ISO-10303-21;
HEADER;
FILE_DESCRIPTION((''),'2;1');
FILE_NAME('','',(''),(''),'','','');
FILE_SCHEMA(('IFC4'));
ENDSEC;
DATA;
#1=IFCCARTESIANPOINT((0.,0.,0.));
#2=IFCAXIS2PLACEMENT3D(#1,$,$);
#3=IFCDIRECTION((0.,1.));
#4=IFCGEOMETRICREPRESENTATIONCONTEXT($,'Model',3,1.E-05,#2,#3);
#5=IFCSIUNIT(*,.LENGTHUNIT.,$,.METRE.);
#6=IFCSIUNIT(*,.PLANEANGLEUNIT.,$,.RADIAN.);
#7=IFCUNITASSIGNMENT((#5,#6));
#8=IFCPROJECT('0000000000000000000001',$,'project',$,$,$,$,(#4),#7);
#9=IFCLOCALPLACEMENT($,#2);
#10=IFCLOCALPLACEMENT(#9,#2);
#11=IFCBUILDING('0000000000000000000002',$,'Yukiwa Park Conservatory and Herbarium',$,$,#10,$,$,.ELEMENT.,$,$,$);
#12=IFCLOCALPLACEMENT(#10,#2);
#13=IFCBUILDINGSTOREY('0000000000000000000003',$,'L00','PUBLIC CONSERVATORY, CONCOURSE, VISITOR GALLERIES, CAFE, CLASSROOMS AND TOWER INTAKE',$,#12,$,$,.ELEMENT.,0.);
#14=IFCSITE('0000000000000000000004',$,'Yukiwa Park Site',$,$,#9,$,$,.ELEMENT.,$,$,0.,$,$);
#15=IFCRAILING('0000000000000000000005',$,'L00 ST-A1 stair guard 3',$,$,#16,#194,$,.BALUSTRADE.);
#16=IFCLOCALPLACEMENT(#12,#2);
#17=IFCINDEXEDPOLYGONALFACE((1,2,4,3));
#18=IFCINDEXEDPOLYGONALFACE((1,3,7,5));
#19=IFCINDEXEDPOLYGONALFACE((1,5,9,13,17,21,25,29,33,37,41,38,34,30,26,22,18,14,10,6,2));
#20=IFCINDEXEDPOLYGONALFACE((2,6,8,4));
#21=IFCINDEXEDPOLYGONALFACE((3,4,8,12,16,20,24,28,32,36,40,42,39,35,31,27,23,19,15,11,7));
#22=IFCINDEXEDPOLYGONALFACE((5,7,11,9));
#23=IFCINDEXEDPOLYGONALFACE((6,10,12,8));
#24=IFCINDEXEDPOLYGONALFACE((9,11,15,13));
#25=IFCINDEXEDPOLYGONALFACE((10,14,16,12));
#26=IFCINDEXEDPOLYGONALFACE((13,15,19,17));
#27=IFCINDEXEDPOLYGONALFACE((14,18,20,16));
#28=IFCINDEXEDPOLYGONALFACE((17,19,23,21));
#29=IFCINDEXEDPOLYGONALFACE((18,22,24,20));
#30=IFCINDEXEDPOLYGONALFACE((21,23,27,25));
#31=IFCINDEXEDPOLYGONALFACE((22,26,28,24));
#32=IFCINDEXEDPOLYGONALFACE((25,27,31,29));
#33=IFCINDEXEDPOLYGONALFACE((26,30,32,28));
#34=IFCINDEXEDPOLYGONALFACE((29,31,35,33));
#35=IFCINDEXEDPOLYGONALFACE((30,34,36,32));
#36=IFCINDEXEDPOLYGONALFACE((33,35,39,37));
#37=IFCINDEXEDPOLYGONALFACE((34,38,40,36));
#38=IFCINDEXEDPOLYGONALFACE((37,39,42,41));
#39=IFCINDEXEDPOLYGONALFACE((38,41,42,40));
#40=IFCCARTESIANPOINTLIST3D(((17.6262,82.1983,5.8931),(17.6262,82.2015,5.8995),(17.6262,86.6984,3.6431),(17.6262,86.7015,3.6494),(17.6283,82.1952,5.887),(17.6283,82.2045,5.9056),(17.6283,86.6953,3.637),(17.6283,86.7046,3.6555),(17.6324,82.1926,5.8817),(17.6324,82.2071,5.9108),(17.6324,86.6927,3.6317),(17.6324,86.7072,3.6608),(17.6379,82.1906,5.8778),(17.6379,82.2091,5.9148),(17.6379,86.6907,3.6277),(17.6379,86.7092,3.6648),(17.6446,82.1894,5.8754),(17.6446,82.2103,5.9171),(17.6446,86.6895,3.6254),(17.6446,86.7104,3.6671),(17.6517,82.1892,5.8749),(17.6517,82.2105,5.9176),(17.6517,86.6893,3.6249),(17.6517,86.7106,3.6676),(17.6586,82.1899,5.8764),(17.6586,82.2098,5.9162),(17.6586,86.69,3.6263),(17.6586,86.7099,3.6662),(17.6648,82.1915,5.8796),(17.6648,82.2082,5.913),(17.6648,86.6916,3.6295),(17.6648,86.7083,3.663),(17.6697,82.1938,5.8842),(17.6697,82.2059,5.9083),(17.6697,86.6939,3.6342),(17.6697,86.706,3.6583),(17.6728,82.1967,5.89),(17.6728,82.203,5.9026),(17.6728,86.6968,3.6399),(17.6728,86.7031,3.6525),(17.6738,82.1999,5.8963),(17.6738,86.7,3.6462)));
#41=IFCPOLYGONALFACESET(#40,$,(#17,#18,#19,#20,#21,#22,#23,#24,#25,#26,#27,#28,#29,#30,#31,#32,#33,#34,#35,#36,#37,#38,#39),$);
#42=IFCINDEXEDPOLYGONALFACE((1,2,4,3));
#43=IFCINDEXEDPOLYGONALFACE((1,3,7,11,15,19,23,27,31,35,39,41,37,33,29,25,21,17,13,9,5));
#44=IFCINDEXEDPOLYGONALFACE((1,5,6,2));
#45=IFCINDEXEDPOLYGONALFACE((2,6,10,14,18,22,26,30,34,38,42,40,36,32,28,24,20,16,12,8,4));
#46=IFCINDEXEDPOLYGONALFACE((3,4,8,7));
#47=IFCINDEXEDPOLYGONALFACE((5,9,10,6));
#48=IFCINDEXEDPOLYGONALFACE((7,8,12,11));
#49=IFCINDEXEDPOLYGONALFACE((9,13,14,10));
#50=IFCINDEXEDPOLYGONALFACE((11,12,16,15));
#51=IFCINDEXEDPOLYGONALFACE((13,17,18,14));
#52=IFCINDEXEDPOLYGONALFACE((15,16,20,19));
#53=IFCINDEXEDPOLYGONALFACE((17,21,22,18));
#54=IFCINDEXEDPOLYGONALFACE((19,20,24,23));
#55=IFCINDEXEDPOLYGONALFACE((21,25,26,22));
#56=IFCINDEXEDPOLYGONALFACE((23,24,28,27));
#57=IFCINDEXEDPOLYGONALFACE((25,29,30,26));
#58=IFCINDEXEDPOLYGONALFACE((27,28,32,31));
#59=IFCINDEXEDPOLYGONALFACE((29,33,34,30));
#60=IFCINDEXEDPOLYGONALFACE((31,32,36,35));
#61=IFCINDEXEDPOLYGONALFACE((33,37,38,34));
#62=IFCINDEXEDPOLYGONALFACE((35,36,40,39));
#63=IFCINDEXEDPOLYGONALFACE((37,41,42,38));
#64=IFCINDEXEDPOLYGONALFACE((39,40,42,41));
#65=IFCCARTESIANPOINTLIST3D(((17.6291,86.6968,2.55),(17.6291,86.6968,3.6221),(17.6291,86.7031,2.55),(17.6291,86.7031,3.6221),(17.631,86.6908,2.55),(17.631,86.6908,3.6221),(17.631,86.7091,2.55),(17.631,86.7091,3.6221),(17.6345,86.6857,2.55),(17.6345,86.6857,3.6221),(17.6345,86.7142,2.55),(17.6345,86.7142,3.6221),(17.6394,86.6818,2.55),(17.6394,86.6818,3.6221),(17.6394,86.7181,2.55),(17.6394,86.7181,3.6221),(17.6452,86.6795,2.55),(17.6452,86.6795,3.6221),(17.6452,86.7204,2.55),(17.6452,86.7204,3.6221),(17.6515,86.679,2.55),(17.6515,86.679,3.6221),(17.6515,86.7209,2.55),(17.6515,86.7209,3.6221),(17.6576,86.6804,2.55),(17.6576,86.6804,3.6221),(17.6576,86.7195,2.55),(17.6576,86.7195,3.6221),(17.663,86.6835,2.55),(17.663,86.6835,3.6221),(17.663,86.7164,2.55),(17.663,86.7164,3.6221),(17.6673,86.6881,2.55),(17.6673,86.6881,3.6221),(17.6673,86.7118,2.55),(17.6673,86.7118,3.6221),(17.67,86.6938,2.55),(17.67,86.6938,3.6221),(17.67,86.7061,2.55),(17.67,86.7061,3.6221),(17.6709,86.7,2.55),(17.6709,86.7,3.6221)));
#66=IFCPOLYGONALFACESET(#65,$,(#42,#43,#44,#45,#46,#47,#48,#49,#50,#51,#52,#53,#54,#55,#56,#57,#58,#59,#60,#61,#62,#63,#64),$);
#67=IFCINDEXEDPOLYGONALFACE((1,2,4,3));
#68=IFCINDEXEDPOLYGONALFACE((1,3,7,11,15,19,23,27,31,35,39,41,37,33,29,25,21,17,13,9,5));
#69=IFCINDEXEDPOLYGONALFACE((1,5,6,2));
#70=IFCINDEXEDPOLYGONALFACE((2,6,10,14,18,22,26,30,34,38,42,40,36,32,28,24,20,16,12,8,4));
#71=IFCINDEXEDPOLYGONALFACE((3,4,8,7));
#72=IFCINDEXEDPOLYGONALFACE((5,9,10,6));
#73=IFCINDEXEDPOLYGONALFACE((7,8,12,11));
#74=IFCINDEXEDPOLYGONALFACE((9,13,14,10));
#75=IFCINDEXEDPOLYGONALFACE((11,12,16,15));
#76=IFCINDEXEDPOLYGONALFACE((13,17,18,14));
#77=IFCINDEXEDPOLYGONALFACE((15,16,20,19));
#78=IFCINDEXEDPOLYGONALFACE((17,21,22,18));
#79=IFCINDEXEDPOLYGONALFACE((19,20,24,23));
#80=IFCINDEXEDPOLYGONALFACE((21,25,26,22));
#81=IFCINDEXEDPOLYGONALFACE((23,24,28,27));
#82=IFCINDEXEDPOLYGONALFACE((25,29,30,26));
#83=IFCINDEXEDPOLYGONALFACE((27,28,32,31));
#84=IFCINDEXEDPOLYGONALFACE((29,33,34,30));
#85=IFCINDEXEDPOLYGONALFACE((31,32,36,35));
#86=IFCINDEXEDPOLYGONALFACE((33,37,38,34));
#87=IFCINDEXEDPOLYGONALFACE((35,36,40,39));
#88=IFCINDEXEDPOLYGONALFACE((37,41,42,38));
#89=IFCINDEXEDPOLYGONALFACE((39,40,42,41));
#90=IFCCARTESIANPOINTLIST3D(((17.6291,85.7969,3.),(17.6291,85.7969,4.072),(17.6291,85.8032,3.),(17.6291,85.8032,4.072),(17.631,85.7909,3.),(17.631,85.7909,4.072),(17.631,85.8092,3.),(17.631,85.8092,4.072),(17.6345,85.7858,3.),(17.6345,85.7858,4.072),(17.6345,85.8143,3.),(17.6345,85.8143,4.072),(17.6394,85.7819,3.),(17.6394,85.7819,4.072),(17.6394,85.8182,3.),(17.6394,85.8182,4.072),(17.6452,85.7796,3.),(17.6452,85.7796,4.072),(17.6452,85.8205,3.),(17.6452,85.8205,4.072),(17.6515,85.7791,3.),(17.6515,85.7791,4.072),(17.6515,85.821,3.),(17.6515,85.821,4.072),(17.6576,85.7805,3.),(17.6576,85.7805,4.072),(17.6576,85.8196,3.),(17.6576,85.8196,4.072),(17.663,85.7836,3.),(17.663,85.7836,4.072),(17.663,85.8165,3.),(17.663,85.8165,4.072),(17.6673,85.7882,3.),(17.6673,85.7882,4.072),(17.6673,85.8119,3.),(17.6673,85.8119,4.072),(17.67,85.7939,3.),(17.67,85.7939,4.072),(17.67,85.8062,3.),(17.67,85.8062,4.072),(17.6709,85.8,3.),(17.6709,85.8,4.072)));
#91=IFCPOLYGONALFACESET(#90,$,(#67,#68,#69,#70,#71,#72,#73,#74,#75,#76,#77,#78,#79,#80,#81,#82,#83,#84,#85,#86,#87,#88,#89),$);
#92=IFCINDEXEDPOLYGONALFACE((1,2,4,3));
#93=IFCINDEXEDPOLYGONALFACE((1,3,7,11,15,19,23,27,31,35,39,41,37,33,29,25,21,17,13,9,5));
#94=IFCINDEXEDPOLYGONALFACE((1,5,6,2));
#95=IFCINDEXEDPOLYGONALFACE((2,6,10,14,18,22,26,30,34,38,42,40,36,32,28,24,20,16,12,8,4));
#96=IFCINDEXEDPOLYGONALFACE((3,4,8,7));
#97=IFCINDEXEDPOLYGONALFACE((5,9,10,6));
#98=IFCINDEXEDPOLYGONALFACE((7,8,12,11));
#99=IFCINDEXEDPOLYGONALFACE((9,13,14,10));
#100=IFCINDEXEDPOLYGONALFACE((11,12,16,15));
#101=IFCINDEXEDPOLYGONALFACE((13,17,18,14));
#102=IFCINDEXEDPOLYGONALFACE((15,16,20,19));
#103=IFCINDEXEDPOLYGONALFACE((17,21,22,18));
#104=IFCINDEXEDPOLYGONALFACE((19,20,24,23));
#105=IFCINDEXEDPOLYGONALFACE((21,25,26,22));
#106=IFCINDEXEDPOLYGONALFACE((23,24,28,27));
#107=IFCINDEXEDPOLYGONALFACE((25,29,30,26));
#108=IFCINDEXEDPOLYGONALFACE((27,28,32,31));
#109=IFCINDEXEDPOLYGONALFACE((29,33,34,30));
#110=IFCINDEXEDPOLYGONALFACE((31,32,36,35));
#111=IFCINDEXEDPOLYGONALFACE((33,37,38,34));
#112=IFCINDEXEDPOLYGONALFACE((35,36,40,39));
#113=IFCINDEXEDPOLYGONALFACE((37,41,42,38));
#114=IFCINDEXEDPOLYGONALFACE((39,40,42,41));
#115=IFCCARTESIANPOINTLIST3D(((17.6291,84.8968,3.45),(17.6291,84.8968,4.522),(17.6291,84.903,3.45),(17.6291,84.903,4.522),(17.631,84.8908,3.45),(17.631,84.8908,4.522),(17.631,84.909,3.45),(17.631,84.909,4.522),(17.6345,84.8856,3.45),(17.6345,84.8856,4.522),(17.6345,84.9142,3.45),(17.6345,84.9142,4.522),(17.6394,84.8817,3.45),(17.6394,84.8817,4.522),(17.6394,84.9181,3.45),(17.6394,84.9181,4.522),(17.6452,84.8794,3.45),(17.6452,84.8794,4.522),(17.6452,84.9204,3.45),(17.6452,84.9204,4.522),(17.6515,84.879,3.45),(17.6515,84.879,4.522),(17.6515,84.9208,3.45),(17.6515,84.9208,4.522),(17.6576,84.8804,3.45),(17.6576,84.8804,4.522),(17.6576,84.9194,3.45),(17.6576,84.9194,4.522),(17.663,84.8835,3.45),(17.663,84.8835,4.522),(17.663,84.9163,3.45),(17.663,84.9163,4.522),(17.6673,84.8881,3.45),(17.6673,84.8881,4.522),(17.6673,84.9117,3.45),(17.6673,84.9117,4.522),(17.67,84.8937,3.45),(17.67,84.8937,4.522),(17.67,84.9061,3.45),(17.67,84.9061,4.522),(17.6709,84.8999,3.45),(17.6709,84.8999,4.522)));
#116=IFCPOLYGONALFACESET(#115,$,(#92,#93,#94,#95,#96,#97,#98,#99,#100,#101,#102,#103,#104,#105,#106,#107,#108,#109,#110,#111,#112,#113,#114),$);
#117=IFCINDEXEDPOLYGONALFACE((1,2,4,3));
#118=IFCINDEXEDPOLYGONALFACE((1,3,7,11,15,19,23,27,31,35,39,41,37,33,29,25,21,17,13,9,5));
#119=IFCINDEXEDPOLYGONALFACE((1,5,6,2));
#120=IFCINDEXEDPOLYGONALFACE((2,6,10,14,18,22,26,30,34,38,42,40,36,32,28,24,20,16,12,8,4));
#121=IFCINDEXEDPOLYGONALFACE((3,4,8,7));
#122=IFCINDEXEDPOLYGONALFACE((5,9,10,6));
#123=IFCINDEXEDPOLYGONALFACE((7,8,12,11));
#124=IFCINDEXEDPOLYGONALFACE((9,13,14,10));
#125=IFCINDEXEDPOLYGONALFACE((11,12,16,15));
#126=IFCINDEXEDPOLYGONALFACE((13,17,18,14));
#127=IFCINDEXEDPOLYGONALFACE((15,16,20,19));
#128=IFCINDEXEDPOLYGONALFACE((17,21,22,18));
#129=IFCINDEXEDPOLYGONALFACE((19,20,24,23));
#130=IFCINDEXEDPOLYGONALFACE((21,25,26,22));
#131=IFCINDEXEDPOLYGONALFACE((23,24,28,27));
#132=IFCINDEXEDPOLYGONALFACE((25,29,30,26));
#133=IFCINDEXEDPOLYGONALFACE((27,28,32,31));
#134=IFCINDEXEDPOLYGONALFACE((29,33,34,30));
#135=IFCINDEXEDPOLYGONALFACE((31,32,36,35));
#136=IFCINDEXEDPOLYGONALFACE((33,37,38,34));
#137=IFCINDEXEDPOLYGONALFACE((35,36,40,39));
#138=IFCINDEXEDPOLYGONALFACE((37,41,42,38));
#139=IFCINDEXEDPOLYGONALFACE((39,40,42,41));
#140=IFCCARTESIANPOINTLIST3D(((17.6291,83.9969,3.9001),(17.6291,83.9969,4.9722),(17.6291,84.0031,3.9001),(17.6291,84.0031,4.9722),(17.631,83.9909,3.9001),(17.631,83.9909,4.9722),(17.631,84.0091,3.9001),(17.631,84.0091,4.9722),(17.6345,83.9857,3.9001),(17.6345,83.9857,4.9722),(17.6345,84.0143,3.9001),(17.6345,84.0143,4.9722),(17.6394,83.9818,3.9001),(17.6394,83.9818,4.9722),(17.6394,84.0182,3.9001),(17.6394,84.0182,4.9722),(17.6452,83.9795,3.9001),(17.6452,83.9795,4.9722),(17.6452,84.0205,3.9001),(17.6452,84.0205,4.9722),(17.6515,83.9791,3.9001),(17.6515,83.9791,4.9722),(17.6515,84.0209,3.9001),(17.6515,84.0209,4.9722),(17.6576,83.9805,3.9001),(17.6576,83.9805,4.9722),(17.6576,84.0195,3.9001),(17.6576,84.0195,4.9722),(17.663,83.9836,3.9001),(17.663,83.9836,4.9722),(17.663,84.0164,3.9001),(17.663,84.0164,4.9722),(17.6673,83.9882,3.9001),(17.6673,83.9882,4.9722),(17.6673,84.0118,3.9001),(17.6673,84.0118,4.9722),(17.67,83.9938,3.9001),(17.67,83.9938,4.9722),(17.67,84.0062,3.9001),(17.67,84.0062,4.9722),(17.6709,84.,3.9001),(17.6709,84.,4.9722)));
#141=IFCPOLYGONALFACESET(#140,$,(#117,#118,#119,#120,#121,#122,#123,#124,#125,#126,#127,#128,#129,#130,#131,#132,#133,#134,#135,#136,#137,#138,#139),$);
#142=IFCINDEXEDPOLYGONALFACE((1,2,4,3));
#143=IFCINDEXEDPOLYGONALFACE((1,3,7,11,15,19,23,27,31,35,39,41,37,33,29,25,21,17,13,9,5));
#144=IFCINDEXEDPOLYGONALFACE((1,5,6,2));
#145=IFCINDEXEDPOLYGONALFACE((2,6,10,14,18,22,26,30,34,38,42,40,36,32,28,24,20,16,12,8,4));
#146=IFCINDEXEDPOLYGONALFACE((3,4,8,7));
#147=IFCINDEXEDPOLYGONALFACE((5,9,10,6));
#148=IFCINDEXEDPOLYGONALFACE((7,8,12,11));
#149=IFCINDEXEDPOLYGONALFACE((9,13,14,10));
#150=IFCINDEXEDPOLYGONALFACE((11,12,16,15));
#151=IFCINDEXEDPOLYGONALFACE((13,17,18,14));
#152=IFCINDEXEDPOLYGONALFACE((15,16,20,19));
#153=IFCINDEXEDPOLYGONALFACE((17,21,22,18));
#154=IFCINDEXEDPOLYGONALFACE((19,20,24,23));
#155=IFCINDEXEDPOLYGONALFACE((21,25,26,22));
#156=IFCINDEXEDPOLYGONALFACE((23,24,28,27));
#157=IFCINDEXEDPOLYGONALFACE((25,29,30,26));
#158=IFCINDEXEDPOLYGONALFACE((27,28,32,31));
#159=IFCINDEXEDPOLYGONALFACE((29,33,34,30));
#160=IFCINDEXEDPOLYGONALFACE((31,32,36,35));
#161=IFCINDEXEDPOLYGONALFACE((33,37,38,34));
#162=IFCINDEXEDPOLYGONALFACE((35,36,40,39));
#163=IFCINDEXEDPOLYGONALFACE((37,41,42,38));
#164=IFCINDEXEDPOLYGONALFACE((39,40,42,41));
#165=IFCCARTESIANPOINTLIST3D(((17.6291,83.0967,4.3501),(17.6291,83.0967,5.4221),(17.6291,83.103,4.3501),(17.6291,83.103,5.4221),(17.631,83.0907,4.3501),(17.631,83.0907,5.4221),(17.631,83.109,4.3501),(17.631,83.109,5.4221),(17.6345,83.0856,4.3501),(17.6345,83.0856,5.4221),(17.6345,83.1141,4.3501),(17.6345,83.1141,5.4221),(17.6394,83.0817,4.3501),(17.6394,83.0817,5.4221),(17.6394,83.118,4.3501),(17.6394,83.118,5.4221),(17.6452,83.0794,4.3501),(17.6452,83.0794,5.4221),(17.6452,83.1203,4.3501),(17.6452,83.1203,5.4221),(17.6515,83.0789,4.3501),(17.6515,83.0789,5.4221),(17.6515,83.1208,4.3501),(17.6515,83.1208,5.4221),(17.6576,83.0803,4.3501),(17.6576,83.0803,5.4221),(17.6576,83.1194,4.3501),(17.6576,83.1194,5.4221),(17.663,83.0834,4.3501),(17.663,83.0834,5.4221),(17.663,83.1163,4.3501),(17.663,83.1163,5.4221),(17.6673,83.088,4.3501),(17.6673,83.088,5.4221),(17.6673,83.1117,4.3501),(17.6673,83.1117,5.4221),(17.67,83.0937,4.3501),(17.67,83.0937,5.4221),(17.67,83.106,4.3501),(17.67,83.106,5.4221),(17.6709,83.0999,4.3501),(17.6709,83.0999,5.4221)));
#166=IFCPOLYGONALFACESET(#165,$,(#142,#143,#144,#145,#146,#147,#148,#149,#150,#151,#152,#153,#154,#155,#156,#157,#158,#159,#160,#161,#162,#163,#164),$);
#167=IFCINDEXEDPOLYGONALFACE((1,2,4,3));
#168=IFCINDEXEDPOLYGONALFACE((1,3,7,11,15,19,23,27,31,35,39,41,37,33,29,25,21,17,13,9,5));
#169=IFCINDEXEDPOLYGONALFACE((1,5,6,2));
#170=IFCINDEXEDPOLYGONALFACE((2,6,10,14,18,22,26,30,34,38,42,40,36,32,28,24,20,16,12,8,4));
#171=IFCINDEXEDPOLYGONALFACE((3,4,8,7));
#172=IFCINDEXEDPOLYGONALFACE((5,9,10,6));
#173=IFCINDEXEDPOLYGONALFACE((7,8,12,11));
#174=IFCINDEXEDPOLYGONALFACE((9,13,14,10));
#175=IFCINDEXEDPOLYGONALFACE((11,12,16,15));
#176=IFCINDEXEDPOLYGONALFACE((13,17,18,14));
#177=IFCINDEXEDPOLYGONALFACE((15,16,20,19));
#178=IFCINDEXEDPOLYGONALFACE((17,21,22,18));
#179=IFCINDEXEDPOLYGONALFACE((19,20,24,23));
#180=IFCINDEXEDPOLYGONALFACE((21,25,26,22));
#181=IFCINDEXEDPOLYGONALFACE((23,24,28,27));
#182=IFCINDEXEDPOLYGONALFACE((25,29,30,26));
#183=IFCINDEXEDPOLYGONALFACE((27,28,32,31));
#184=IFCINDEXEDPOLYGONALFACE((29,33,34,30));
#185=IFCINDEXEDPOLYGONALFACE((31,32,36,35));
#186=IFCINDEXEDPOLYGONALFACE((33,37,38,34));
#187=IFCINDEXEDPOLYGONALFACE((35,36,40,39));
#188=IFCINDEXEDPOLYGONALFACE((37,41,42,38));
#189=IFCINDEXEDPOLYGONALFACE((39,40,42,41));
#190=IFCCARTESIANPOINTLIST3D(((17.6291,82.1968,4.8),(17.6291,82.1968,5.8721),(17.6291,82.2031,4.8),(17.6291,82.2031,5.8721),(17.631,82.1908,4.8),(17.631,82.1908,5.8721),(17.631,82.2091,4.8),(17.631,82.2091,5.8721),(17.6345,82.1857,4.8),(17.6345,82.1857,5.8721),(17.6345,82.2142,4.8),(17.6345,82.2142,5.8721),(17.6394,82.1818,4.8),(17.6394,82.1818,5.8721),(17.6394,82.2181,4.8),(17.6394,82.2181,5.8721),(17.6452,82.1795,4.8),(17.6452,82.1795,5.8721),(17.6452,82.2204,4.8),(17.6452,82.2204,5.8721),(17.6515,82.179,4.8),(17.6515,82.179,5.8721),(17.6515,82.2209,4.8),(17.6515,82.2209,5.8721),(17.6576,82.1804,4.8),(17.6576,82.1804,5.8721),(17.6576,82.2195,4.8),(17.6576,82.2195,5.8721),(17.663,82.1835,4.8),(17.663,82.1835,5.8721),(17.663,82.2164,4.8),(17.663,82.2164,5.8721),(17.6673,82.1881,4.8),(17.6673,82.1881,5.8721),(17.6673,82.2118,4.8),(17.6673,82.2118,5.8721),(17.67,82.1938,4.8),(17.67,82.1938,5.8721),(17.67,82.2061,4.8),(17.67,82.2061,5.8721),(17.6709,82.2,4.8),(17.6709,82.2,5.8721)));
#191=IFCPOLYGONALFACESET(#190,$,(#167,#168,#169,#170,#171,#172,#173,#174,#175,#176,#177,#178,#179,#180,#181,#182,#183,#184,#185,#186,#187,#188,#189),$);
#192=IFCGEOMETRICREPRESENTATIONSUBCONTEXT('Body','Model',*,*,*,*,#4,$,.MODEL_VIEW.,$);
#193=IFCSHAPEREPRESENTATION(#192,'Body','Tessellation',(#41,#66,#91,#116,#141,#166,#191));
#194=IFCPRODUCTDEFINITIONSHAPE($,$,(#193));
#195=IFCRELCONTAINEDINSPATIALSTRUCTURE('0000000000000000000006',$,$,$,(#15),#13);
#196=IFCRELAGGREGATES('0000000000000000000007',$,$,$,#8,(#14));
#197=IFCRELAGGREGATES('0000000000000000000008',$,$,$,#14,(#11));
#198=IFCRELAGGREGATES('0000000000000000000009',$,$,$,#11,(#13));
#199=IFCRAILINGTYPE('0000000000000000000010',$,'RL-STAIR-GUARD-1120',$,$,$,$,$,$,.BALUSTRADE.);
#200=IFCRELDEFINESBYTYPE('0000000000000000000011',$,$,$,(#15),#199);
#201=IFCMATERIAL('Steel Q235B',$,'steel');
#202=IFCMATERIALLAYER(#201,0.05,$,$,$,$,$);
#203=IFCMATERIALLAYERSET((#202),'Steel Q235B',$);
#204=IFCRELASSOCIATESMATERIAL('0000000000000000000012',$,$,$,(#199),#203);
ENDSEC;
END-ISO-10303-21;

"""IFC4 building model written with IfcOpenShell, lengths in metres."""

from ifc_helpers import new_model, si_unit, direction, frame, origin, origin_2d, place, context, subcontext, project, spatial, circle, extrude, material, layer, layer_set, type_object, element, save


model = new_model("IFC4")

# Units and contexts
model_context = context("Model", 3, precision=1e-05, world=origin(), true_north=direction((0.0, 1.0)))
body_context = subcontext(model_context, "Body", "Model", "MODEL_VIEW")
ifc_project = project(units=[si_unit("LENGTHUNIT", "METRE"), si_unit("PLANEANGLEUNIT", "RADIAN")], contexts=[model_context])

# Site, building, storey
site_placement = place(None, origin())
site = spatial("IfcSite", under=ifc_project, at=site_placement, Name="Yukiwa Park Site", CompositionType="ELEMENT", RefElevation=0.0)
building_placement = place(site_placement, origin())
building = spatial("IfcBuilding", under=site, at=building_placement, Name="Yukiwa Park Conservatory and Herbarium", CompositionType="ELEMENT")
storey_placement = place(building_placement, origin())
storey = spatial("IfcBuildingStorey", under=building, at=storey_placement, Name="L00", Description="PUBLIC CONSERVATORY, CONCOURSE, VISITOR GALLERIES, CAFE, CLASSROOMS AND TOWER INTAKE", CompositionType="ELEMENT", Elevation=0.0)

# Railing
ifc_material_1 = material(Name="Steel Q235B", Category="steel")
ifc_layer_1 = layer(ifc_material_1, 0.05)
ifc_layer_set_1 = layer_set([ifc_layer_1], Name="Steel Q235B")
railing_type_1 = type_object("IfcRailingType", Name="RL-STAIR-GUARD-1120", PredefinedType="BALUSTRADE", material=ifc_layer_set_1)
railing_1_placement = place(storey_placement, frame((17.6499, 86.7, 2.55)))
element("IfcRailing", 1, at=railing_1_placement, inside=storey, type_object=railing_type_1, Name="L00 ST-A1 stair guard 3", PredefinedType="BALUSTRADE", context=body_context, shape_type="SweptSolid", body=[
    extrude(circle(Radius=0.0239, at=origin_2d()), frame((0.0, 0.0, 1.0962), z_axis=(0.0, -0.894427, 0.447214), x_axis=(1.0, 0.0, 0.0)), (0.0, 0.0, 1.0), 5.0312),
    extrude(circle(Radius=0.021, at=origin_2d()), origin(), (0.0, 0.0, 1.0), 1.072),
    extrude(circle(Radius=0.021, at=origin_2d()), frame((0.0, -0.8999, 0.45)), (0.0, 0.0, 1.0), 1.072),
    extrude(circle(Radius=0.021, at=origin_2d()), frame((0.0, -1.8, 0.8999)), (0.0, 0.0, 1.0), 1.072),
    extrude(circle(Radius=0.021, at=origin_2d()), frame((0.0, -2.7, 1.3501)), (0.0, 0.0, 1.0), 1.072),
    extrude(circle(Radius=0.021, at=origin_2d()), frame((0.0, -3.6001, 1.8)), (0.0, 0.0, 1.0), 1.072),
    extrude(circle(Radius=0.021, at=origin_2d()), frame((0.0, -4.5, 2.25)), (0.0, 0.0, 1.0), 1.072),
])

save(model, "model.ifc")
